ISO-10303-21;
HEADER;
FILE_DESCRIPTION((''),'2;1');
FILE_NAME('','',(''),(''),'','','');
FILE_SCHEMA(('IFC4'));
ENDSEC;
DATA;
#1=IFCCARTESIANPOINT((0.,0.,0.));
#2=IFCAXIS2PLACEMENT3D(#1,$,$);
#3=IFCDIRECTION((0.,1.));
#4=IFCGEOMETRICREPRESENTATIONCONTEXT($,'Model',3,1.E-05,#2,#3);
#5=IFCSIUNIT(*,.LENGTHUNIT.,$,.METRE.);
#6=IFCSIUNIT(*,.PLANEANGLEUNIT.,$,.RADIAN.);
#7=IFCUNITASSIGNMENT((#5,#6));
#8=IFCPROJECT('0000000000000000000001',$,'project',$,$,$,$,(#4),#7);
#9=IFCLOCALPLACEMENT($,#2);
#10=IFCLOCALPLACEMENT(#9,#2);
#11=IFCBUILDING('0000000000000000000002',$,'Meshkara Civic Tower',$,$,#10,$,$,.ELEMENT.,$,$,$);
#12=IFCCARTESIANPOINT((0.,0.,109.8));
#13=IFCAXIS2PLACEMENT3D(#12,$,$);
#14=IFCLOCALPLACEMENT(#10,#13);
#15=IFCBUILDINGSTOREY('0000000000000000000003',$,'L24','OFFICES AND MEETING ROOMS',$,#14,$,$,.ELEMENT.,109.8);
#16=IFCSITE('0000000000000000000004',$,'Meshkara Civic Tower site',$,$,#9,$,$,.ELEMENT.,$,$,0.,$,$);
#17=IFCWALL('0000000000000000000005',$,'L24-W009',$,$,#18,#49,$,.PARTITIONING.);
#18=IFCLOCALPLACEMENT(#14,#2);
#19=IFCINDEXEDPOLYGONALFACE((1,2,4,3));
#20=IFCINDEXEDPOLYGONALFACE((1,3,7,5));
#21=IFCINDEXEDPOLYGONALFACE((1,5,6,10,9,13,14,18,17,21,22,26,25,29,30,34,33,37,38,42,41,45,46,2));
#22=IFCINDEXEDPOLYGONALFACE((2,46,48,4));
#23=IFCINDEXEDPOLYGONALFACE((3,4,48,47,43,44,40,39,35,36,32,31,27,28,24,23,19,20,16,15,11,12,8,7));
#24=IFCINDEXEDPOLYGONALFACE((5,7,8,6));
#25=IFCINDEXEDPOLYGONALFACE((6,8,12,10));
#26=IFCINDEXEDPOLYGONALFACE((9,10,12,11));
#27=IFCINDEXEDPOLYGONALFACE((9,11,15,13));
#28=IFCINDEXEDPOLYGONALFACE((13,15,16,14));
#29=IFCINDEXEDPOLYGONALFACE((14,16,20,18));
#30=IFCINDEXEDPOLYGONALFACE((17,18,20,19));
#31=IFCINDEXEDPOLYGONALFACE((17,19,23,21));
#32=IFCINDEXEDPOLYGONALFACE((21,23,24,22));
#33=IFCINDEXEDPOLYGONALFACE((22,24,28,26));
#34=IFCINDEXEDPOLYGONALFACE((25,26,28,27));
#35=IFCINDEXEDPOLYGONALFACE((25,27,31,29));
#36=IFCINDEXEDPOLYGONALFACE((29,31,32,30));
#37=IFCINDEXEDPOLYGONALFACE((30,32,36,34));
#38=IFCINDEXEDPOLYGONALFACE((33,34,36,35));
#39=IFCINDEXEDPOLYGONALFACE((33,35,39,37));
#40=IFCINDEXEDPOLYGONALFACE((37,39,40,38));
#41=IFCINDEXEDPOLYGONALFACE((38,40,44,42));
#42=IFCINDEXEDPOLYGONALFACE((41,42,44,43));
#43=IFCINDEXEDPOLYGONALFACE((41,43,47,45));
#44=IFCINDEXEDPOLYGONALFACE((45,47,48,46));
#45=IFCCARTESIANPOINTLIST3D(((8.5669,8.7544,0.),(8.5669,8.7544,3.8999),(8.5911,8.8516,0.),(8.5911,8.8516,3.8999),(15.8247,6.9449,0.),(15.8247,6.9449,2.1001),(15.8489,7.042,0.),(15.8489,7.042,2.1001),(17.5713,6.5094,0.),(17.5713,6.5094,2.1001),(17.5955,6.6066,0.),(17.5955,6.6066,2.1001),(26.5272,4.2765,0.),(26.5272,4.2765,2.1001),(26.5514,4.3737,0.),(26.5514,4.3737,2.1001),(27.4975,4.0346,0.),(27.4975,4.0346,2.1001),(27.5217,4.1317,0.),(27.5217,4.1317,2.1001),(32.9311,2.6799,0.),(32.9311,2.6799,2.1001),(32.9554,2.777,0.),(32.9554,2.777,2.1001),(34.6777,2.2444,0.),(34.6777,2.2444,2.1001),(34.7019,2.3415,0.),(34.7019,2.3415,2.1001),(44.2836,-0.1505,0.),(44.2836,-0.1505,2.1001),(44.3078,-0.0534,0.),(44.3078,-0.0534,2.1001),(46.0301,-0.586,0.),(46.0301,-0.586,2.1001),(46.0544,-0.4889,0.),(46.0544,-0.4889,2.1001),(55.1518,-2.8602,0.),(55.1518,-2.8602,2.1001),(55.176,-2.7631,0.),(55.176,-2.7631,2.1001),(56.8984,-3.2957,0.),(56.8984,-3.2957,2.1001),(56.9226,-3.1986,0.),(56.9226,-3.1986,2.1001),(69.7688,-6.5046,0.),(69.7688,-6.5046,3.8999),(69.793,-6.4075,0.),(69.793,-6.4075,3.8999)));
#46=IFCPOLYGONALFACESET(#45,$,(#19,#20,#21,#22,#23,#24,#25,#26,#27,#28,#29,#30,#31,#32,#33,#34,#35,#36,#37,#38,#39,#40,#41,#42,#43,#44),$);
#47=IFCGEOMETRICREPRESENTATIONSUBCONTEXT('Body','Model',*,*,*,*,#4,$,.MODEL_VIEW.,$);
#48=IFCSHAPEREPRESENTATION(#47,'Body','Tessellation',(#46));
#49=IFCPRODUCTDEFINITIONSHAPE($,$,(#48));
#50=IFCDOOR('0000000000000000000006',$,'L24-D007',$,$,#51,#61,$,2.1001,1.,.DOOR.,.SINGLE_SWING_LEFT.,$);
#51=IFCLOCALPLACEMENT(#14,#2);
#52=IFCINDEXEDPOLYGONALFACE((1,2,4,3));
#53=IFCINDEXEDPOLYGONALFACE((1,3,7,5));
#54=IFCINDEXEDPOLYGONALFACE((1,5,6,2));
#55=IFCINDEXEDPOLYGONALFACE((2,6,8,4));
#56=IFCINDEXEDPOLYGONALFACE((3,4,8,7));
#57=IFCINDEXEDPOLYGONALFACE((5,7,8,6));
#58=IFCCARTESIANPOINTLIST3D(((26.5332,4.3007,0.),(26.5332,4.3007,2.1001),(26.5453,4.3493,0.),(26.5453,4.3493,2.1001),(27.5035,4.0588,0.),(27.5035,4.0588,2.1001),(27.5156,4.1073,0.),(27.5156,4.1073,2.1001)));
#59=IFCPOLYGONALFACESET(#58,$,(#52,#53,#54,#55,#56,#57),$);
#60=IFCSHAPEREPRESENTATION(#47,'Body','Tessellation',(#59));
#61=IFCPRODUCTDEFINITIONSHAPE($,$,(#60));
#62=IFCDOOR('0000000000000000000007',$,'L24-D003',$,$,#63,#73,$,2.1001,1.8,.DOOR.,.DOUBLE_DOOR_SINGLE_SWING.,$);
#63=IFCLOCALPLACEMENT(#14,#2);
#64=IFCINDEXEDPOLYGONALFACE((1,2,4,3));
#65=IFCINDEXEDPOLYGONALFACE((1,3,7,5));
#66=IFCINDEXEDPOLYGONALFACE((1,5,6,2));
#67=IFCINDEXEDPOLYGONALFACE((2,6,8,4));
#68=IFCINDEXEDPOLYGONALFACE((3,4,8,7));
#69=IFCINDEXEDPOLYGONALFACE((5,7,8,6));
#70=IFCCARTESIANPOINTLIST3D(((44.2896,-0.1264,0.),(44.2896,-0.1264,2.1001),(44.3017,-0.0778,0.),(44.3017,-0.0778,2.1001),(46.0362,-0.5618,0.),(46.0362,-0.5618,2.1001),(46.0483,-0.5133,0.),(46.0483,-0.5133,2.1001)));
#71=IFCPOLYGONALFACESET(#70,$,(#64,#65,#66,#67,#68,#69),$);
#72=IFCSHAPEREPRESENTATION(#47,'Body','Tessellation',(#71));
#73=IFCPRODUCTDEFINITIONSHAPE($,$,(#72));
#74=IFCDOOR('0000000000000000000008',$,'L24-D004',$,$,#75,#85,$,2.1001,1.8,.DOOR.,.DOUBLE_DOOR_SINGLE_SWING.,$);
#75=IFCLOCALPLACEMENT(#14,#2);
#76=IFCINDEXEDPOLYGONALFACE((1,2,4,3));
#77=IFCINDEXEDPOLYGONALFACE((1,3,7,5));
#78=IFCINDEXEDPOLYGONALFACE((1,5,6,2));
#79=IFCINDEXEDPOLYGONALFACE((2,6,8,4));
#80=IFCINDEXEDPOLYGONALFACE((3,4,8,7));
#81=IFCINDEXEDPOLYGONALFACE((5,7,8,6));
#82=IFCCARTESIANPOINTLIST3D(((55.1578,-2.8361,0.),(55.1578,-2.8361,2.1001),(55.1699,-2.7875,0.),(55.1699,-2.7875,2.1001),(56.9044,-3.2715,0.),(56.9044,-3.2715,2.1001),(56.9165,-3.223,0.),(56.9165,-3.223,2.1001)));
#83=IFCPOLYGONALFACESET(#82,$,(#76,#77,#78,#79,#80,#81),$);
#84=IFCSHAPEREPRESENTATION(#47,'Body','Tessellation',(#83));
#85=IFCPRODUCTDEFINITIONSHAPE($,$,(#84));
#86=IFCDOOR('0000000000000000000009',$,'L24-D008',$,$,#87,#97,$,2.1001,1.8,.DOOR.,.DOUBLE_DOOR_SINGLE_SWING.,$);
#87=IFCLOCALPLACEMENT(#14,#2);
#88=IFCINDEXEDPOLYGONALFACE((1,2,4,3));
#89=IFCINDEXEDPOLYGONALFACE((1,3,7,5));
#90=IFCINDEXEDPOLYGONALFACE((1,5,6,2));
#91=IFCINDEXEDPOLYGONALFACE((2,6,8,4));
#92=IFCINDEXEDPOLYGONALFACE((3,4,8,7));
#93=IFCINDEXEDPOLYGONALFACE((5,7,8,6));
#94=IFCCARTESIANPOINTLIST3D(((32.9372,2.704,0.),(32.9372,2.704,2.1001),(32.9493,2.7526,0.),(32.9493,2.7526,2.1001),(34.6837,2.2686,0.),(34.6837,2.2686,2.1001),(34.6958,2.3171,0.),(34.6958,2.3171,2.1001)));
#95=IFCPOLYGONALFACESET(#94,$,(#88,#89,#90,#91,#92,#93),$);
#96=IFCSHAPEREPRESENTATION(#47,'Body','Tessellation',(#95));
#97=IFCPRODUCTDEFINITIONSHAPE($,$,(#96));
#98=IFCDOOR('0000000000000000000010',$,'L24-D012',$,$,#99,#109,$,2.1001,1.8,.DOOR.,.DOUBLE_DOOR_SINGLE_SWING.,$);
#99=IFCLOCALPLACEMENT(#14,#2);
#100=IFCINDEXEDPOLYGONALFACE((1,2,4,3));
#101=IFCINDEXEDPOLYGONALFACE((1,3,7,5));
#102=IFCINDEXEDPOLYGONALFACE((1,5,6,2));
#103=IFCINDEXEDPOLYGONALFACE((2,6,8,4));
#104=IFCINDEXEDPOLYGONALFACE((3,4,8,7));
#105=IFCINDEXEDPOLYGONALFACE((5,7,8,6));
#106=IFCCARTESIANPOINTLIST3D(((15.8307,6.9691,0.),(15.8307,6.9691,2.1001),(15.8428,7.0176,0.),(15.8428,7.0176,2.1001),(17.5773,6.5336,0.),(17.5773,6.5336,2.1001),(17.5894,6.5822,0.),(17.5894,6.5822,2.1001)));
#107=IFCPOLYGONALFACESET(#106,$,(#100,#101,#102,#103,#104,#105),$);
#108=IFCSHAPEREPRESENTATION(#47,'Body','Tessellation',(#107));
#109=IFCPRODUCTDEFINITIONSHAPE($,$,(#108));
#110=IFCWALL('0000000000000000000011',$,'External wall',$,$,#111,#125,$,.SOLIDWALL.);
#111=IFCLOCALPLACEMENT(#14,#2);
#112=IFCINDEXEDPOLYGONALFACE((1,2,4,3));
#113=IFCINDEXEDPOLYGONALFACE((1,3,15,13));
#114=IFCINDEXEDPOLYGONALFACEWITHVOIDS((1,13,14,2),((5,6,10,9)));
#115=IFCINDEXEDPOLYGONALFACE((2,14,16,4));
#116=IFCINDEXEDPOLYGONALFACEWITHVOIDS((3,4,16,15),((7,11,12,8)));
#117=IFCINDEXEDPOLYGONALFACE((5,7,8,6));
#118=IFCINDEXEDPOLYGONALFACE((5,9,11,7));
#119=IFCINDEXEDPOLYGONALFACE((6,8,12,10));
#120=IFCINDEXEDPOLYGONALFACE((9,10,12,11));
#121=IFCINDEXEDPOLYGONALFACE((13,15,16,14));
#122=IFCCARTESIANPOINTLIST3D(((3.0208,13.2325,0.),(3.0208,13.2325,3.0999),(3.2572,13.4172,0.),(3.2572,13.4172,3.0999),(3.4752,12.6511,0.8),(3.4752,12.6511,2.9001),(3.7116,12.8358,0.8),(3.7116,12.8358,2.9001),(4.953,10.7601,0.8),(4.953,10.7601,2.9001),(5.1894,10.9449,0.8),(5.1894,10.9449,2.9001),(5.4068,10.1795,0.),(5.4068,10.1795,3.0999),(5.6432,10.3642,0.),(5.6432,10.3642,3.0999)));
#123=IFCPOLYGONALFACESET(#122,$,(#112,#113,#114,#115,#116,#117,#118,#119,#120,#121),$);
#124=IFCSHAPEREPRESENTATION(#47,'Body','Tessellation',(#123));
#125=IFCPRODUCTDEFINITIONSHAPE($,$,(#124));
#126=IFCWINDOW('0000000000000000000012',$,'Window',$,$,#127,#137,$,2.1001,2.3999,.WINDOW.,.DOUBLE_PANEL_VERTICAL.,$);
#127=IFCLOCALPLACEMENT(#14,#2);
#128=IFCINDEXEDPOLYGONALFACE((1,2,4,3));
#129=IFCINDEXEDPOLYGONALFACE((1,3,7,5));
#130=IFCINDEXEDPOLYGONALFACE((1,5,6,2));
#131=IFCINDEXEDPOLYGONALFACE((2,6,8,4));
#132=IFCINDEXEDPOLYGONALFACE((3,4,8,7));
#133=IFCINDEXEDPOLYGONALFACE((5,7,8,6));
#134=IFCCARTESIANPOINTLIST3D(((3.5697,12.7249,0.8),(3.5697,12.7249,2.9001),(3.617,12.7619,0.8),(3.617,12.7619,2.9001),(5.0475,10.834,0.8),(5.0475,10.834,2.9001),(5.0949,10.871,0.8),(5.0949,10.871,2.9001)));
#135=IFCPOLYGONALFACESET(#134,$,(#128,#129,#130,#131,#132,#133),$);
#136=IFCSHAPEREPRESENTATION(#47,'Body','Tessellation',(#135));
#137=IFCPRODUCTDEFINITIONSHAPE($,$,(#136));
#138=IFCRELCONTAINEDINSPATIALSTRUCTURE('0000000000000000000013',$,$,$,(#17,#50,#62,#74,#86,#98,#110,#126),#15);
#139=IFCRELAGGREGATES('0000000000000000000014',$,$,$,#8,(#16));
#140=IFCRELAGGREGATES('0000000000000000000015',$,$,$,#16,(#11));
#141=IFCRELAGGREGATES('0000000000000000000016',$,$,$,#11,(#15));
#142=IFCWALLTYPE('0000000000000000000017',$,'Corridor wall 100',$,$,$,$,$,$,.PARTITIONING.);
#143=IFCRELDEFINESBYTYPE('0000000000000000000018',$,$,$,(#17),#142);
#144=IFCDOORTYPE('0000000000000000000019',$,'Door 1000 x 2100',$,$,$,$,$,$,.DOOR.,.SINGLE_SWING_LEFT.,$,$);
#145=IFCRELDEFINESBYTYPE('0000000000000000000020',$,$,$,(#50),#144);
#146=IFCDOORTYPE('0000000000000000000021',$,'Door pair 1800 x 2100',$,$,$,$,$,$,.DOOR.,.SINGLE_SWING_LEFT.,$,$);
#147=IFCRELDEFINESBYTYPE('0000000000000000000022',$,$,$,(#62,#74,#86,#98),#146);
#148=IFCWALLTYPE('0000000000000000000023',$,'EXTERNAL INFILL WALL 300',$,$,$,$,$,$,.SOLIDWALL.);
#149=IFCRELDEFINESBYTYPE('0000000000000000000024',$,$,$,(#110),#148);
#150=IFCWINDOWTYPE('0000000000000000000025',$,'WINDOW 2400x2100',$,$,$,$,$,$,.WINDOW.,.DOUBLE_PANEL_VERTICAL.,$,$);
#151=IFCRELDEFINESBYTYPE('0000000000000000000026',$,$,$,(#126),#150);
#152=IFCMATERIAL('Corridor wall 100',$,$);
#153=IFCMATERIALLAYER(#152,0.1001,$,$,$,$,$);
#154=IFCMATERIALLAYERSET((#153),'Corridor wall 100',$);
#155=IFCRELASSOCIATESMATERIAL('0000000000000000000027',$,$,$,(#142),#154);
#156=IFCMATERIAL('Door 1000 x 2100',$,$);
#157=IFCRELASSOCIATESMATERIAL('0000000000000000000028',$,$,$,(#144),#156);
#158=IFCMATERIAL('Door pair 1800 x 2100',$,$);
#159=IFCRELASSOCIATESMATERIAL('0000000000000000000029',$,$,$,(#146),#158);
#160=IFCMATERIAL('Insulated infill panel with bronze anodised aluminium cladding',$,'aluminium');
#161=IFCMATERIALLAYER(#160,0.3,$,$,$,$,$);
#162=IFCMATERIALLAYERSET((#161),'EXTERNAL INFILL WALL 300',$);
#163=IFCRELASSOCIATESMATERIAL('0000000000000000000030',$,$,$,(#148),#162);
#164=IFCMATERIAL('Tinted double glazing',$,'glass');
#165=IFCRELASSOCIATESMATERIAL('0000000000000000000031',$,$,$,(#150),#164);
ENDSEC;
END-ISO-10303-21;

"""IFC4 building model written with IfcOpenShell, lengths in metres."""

from ifc_helpers import new_model, si_unit, direction, frame, frame_2d, origin, place, context, subcontext, project, spatial, rectangle, extrude, material, layer, layer_set, type_object, element, fill, save


model = new_model("IFC4")

# Units and contexts
model_context = context("Model", 3, precision=1e-05, world=origin(), true_north=direction((0.0, 1.0)))
body_context = subcontext(model_context, "Body", "Model", "MODEL_VIEW")
ifc_project = project(units=[si_unit("LENGTHUNIT", "METRE"), si_unit("PLANEANGLEUNIT", "RADIAN")], contexts=[model_context])

# Site, building, storey
site_placement = place(None, origin())
site = spatial("IfcSite", under=ifc_project, at=site_placement, Name="Meshkara Civic Tower site", CompositionType="ELEMENT", RefElevation=0.0)
building_placement = place(site_placement, origin())
building = spatial("IfcBuilding", under=site, at=building_placement, Name="Meshkara Civic Tower", CompositionType="ELEMENT")
storey_placement = place(building_placement, frame((0.0, 0.0, 109.8)))
storey = spatial("IfcBuildingStorey", under=building, at=storey_placement, Name="L24", Description="OFFICES AND MEETING ROOMS", CompositionType="ELEMENT", Elevation=109.8)

# Shared definitions
ifc_material_1 = material(Name="Corridor wall 100")
ifc_layer_1 = layer(ifc_material_1, 0.1001)
ifc_layer_set_1 = layer_set([ifc_layer_1], Name="Corridor wall 100")
wall_type_1 = type_object("IfcWallType", Name="Corridor wall 100", PredefinedType="PARTITIONING", material=ifc_layer_set_1)

# Shared definitions
ifc_material_2 = material(Name="Door 1000 x 2100")
door_type_1 = type_object("IfcDoorType", Name="Door 1000 x 2100", OperationType="SINGLE_SWING_LEFT", PredefinedType="DOOR", material=ifc_material_2)

# Wall, openings, doors
wall_1_placement = place(storey_placement, frame((8.5791, 8.803, 0.0), z_axis=(0.0, 0.0, 1.0), x_axis=(0.970297, -0.241917, 0.0)))
wall_1 = element("IfcWall", 1, at=wall_1_placement, inside=storey, type_object=wall_type_1, Name="L24-W009", PredefinedType="PARTITIONING", context=body_context, shape_type="SweptSolid", body=[
    extrude(rectangle(XDim=63.0754, YDim=0.1001, at=frame_2d((31.5376, 0.0))), origin(), (0.0, 0.0, 1.0), 3.8999),
])
opening_1_placement = place(wall_1_placement, frame((36.8101, 0.0, 0.0)))
opening_1 = element("IfcOpeningElement", 2, at=opening_1_placement, cuts=wall_1, PredefinedType="OPENING", context=body_context, shape_type="SweptSolid", body=[
    extrude(rectangle(XDim=1.8, YDim=2.1001, at=frame_2d((0.8999, 1.05))), frame((0.0, 0.0601, 0.0), z_axis=(0.0, -1.0, 0.0), x_axis=(1.0, 0.0, 0.0)), (0.0, 0.0, 1.0), 0.1201),
])
opening_2_placement = place(wall_1_placement, frame((48.011, 0.0, 0.0)))
opening_2 = element("IfcOpeningElement", 3, at=opening_2_placement, cuts=wall_1, PredefinedType="OPENING", context=body_context, shape_type="SweptSolid", body=[
    extrude(rectangle(XDim=1.8, YDim=2.1001, at=frame_2d((0.8999, 1.05))), frame((0.0, 0.0601, 0.0), z_axis=(0.0, -1.0, 0.0), x_axis=(1.0, 0.0, 0.0)), (0.0, 0.0, 1.0), 0.1201),
])
opening_3_placement = place(wall_1_placement, frame((18.51, 0.0, 0.0)))
opening_3 = element("IfcOpeningElement", 4, at=opening_3_placement, cuts=wall_1, PredefinedType="OPENING", context=body_context, shape_type="SweptSolid", body=[
    extrude(rectangle(XDim=1.0, YDim=2.1001, at=frame_2d((0.5, 1.05))), frame((0.0, 0.0601, 0.0), z_axis=(0.0, -1.0, 0.0), x_axis=(1.0, 0.0, 0.0)), (0.0, 0.0, 1.0), 0.1201),
])
opening_4_placement = place(wall_1_placement, frame((25.1101, 0.0, 0.0)))
opening_4 = element("IfcOpeningElement", 5, at=opening_4_placement, cuts=wall_1, PredefinedType="OPENING", context=body_context, shape_type="SweptSolid", body=[
    extrude(rectangle(XDim=1.8, YDim=2.1001, at=frame_2d((0.8999, 1.05))), frame((0.0, 0.0601, 0.0), z_axis=(0.0, -1.0, 0.0), x_axis=(1.0, 0.0, 0.0)), (0.0, 0.0, 1.0), 0.1201),
])
opening_5_placement = place(wall_1_placement, frame((7.48, 0.0, 0.0)))
opening_5 = element("IfcOpeningElement", 6, at=opening_5_placement, cuts=wall_1, PredefinedType="OPENING", context=body_context, shape_type="SweptSolid", body=[
    extrude(rectangle(XDim=1.8, YDim=2.1001, at=frame_2d((0.8999, 1.05))), frame((0.0, 0.0601, 0.0), z_axis=(0.0, -1.0, 0.0), x_axis=(1.0, 0.0, 0.0)), (0.0, 0.0, 1.0), 0.1201),
])
door_1_placement = place(opening_3_placement, origin())
door_1 = element("IfcDoor", 7, at=door_1_placement, inside=storey, type_object=door_type_1, Name="L24-D007", OperationType="SINGLE_SWING_LEFT", OverallHeight=2.1001, OverallWidth=1.0, PredefinedType="DOOR", context=body_context, shape_type="SweptSolid", body=[
    extrude(rectangle(XDim=1.0, YDim=2.1001, at=frame_2d((0.5, 1.05))), frame((0.0, 0.0249, 0.0), z_axis=(0.0, -1.0, 0.0), x_axis=(1.0, 0.0, 0.0)), (0.0, 0.0, 1.0), 0.05),
])
fill(opening_3, door_1)
ifc_material_3 = material(Name="Door pair 1800 x 2100")
door_type_2 = type_object("IfcDoorType", Name="Door pair 1800 x 2100", OperationType="SINGLE_SWING_LEFT", PredefinedType="DOOR", material=ifc_material_3)
door_2_placement = place(opening_1_placement, origin())
door_2 = element("IfcDoor", 8, at=door_2_placement, inside=storey, type_object=door_type_2, Name="L24-D003", OperationType="DOUBLE_DOOR_SINGLE_SWING", OverallHeight=2.1001, OverallWidth=1.8, PredefinedType="DOOR", context=body_context, shape_type="SweptSolid", body=[
    extrude(rectangle(XDim=1.8, YDim=2.1001, at=frame_2d((0.8999, 1.05))), frame((0.0, 0.0249, 0.0), z_axis=(0.0, -1.0, 0.0), x_axis=(1.0, 0.0, 0.0)), (0.0, 0.0, 1.0), 0.05),
])
fill(opening_1, door_2)
door_3_placement = place(opening_2_placement, origin())
door_3 = element("IfcDoor", 9, at=door_3_placement, inside=storey, type_object=door_type_2, Name="L24-D004", OperationType="DOUBLE_DOOR_SINGLE_SWING", OverallHeight=2.1001, OverallWidth=1.8, PredefinedType="DOOR", context=body_context, shape_type="SweptSolid", body=[
    extrude(rectangle(XDim=1.8, YDim=2.1001, at=frame_2d((0.8999, 1.05))), frame((0.0, 0.0249, 0.0), z_axis=(0.0, -1.0, 0.0), x_axis=(1.0, 0.0, 0.0)), (0.0, 0.0, 1.0), 0.05),
])
fill(opening_2, door_3)
door_4_placement = place(opening_4_placement, origin())
door_4 = element("IfcDoor", 10, at=door_4_placement, inside=storey, type_object=door_type_2, Name="L24-D008", OperationType="DOUBLE_DOOR_SINGLE_SWING", OverallHeight=2.1001, OverallWidth=1.8, PredefinedType="DOOR", context=body_context, shape_type="SweptSolid", body=[
    extrude(rectangle(XDim=1.8, YDim=2.1001, at=frame_2d((0.8999, 1.05))), frame((0.0, 0.0249, 0.0), z_axis=(0.0, -1.0, 0.0), x_axis=(1.0, 0.0, 0.0)), (0.0, 0.0, 1.0), 0.05),
])
fill(opening_4, door_4)
door_5_placement = place(opening_5_placement, origin())
door_5 = element("IfcDoor", 11, at=door_5_placement, inside=storey, type_object=door_type_2, Name="L24-D012", OperationType="DOUBLE_DOOR_SINGLE_SWING", OverallHeight=2.1001, OverallWidth=1.8, PredefinedType="DOOR", context=body_context, shape_type="SweptSolid", body=[
    extrude(rectangle(XDim=1.8, YDim=2.1001, at=frame_2d((0.8999, 1.05))), frame((0.0, 0.0249, 0.0), z_axis=(0.0, -1.0, 0.0), x_axis=(1.0, 0.0, 0.0)), (0.0, 0.0, 1.0), 0.05),
])
fill(opening_5, door_5)

# Wall, opening, window
ifc_material_4 = material(Name="Insulated infill panel with bronze anodised aluminium cladding", Category="aluminium")
ifc_layer_2 = layer(ifc_material_4, 0.3)
ifc_layer_set_2 = layer_set([ifc_layer_2], Name="EXTERNAL INFILL WALL 300")
wall_type_2 = type_object("IfcWallType", Name="EXTERNAL INFILL WALL 300", PredefinedType="SOLIDWALL", material=ifc_layer_set_2)
wall_2_placement = place(storey_placement, frame((3.1389, 13.325, 0.0), z_axis=(0.0, 0.0, 1.0), x_axis=(0.61578, -0.787918, 0.0)))
wall_2 = element("IfcWall", 12, at=wall_2_placement, inside=storey, type_object=wall_type_2, Name="External wall", PredefinedType="SOLIDWALL", context=body_context, shape_type="SweptSolid", body=[
    extrude(rectangle(XDim=3.8748, YDim=0.3, at=frame_2d((1.9375, 0.0))), origin(), (0.0, 0.0, 1.0), 3.0999),
])
opening_6_placement = place(wall_2_placement, frame((0.738, 0.0, 0.8)))
opening_6 = element("IfcOpeningElement", 13, at=opening_6_placement, cuts=wall_2, PredefinedType="OPENING", context=body_context, shape_type="SweptSolid", body=[
    extrude(rectangle(XDim=2.3999, YDim=2.1001, at=frame_2d((1.2, 1.05))), frame((0.0, 0.1599, 0.0), z_axis=(0.0, -1.0, 0.0), x_axis=(1.0, 0.0, 0.0)), (0.0, 0.0, 1.0), 0.3201),
])
ifc_material_5 = material(Name="Tinted double glazing", Category="glass")
window_type = type_object("IfcWindowType", Name="WINDOW 2400x2100", PartitioningType="DOUBLE_PANEL_VERTICAL", PredefinedType="WINDOW", material=ifc_material_5)
window_1_placement = place(opening_6_placement, origin())
window_1 = element("IfcWindow", 14, at=window_1_placement, inside=storey, type_object=window_type, Name="Window", OverallHeight=2.1001, OverallWidth=2.3999, PartitioningType="DOUBLE_PANEL_VERTICAL", PredefinedType="WINDOW", context=body_context, shape_type="SweptSolid", body=[
    extrude(rectangle(XDim=2.3999, YDim=2.1001, at=frame_2d((1.2, 1.05))), frame((0.0, 0.03, 0.0), z_axis=(0.0, -1.0, 0.0), x_axis=(1.0, 0.0, 0.0)), (0.0, 0.0, 1.0), 0.0601),
])
fill(opening_6, window_1)

save(model, "model.ifc")
